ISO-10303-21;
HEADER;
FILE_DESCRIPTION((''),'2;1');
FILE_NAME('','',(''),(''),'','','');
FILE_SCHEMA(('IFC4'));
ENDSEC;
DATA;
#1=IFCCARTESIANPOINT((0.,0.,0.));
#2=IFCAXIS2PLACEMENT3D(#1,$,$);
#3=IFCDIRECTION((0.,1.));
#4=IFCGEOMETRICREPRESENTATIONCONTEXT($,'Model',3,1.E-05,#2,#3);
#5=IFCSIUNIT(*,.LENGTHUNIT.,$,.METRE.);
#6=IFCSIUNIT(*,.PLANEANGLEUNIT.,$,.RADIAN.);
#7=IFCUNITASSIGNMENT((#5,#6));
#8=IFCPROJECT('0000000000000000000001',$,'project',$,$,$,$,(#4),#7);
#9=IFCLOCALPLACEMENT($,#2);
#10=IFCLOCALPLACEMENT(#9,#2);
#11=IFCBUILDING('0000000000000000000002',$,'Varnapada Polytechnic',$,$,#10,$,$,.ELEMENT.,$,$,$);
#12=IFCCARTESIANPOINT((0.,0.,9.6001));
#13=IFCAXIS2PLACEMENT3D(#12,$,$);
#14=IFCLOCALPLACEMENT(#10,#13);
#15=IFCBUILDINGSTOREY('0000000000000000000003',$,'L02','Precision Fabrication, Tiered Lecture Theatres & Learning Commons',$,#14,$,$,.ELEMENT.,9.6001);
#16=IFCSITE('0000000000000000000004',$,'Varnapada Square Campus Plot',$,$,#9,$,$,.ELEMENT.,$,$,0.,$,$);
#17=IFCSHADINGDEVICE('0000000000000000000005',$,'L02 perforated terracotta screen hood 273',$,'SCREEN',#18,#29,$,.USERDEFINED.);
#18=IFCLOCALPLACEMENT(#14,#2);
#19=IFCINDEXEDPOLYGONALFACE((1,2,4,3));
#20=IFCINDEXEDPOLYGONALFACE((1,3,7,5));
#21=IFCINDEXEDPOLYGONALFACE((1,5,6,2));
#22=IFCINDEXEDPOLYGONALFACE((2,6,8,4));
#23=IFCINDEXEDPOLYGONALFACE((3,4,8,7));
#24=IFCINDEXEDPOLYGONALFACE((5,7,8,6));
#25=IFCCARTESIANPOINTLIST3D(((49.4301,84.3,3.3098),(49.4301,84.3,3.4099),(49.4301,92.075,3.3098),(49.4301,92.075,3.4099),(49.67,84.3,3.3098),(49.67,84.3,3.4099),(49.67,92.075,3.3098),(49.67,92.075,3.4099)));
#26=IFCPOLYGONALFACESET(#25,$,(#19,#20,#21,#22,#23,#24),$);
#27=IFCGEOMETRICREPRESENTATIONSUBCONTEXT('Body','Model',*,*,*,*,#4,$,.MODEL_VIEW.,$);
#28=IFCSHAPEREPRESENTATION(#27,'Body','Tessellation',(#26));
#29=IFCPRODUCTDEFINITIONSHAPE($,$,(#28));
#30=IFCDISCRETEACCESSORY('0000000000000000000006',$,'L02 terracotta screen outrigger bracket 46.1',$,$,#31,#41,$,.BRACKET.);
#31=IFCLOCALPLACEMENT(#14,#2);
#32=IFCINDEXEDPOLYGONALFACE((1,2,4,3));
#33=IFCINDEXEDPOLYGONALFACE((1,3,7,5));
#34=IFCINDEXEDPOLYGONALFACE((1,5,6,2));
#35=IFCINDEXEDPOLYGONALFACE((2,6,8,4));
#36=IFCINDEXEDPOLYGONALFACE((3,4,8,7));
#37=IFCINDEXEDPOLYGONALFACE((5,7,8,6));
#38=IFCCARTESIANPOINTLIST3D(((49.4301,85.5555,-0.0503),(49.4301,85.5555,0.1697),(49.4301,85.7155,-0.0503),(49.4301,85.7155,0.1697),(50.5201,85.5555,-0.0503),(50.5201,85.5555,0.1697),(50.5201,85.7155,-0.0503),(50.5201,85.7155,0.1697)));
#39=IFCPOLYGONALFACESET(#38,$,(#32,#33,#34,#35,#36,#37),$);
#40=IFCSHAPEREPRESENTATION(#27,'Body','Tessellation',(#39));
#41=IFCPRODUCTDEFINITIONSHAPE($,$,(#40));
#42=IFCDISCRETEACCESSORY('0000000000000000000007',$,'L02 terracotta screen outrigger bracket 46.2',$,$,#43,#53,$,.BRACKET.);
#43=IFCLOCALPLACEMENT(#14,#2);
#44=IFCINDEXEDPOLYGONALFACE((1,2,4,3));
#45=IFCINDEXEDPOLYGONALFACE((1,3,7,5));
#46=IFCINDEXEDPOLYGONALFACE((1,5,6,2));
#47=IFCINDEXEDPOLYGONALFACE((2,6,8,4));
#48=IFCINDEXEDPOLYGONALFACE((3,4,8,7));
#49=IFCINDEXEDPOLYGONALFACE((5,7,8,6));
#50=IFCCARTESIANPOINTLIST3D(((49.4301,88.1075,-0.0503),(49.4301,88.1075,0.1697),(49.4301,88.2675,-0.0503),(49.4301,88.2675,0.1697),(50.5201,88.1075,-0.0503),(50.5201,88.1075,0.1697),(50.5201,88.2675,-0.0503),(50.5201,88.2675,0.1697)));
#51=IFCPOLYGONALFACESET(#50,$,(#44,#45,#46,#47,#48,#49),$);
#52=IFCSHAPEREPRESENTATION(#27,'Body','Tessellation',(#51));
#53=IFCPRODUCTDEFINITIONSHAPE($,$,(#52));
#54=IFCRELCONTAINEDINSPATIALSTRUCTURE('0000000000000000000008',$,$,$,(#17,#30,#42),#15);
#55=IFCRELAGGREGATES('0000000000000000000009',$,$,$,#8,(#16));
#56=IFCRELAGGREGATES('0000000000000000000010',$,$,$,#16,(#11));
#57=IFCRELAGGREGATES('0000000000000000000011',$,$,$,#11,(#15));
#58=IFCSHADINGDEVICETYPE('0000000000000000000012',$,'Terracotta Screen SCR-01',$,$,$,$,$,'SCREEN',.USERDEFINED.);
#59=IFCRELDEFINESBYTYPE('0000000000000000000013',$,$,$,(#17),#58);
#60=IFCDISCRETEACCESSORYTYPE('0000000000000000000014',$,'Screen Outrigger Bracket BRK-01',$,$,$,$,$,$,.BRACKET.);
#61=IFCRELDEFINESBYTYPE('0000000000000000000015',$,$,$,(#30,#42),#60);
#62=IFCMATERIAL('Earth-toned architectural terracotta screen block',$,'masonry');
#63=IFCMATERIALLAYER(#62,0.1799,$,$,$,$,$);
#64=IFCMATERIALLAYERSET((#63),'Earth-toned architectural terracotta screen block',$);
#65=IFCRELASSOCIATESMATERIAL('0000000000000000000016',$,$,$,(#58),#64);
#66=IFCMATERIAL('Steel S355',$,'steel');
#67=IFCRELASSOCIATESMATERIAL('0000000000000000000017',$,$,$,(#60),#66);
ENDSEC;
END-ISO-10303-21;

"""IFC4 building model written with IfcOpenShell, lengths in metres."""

from ifc_helpers import new_model, si_unit, direction, frame, origin, origin_2d, place, context, subcontext, project, spatial, rectangle, extrude, material, layer, layer_set, type_object, element, save


model = new_model("IFC4")

# Units and contexts
model_context = context("Model", 3, precision=1e-05, world=origin(), true_north=direction((0.0, 1.0)))
body_context = subcontext(model_context, "Body", "Model", "MODEL_VIEW")
ifc_project = project(units=[si_unit("LENGTHUNIT", "METRE"), si_unit("PLANEANGLEUNIT", "RADIAN")], contexts=[model_context])

# Site, building, storey
site_placement = place(None, origin())
site = spatial("IfcSite", under=ifc_project, at=site_placement, Name="Varnapada Square Campus Plot", CompositionType="ELEMENT", RefElevation=0.0)
building_placement = place(site_placement, origin())
building = spatial("IfcBuilding", under=site, at=building_placement, Name="Varnapada Polytechnic", CompositionType="ELEMENT")
storey_placement = place(building_placement, frame((0.0, 0.0, 9.6001)))
storey = spatial("IfcBuildingStorey", under=building, at=storey_placement, Name="L02", Description="Precision Fabrication, Tiered Lecture Theatres & Learning Commons", CompositionType="ELEMENT", Elevation=9.6001)

# Shared definitions
ifc_material_1 = material(Name="Steel S355", Category="steel")

# Shared definitions
ifc_material_2 = material(Name="Earth-toned architectural terracotta screen block", Category="masonry")

# Shading device
ifc_layer_1 = layer(ifc_material_2, 0.1799)
ifc_layer_set_1 = layer_set([ifc_layer_1], Name="Earth-toned architectural terracotta screen block")
shading_device_type = type_object("IfcShadingDeviceType", Name="Terracotta Screen SCR-01", ElementType="SCREEN", PredefinedType="USERDEFINED", material=ifc_layer_set_1)
shading_device_1_placement = place(storey_placement, frame((49.55, 88.1875, 3.3098), z_axis=(0.0, 0.0, 1.0), x_axis=(0.0, 1.0, 0.0)))
element("IfcShadingDevice", 1, at=shading_device_1_placement, inside=storey, type_object=shading_device_type, Name="L02 perforated terracotta screen hood 273", ObjectType="SCREEN", PredefinedType="USERDEFINED", context=body_context, shape_type="SweptSolid", body=[
    extrude(rectangle(XDim=7.7749, YDim=0.24, at=origin_2d()), origin(), (0.0, 0.0, 1.0), 0.1001),
])

# Discrete accessories
discrete_accessory_type = type_object("IfcDiscreteAccessoryType", Name="Screen Outrigger Bracket BRK-01", PredefinedType="BRACKET", material=ifc_material_1)
for number, where, z_axis, x_axis, name in (
    (2, (49.9751, 85.6355, -0.0503), (0.0, 0.0, 1.0), (0.0, 1.0, 0.0), "L02 terracotta screen outrigger bracket 46.1"),
    (3, (49.9751, 88.1875, -0.0503), (0.0, 0.0, 1.0), (0.0, 1.0, 0.0), "L02 terracotta screen outrigger bracket 46.2"),
):
    element("IfcDiscreteAccessory", number, at=place(storey_placement, frame(where, z_axis=z_axis, x_axis=x_axis)), inside=storey, type_object=discrete_accessory_type, Name=name, PredefinedType="BRACKET", context=body_context, shape_type="SweptSolid", body=[
        extrude(rectangle(XDim=0.1599, YDim=1.0901, at=origin_2d()), origin(), (0.0, 0.0, 1.0), 0.22),
    ])

save(model, "model.ifc")
